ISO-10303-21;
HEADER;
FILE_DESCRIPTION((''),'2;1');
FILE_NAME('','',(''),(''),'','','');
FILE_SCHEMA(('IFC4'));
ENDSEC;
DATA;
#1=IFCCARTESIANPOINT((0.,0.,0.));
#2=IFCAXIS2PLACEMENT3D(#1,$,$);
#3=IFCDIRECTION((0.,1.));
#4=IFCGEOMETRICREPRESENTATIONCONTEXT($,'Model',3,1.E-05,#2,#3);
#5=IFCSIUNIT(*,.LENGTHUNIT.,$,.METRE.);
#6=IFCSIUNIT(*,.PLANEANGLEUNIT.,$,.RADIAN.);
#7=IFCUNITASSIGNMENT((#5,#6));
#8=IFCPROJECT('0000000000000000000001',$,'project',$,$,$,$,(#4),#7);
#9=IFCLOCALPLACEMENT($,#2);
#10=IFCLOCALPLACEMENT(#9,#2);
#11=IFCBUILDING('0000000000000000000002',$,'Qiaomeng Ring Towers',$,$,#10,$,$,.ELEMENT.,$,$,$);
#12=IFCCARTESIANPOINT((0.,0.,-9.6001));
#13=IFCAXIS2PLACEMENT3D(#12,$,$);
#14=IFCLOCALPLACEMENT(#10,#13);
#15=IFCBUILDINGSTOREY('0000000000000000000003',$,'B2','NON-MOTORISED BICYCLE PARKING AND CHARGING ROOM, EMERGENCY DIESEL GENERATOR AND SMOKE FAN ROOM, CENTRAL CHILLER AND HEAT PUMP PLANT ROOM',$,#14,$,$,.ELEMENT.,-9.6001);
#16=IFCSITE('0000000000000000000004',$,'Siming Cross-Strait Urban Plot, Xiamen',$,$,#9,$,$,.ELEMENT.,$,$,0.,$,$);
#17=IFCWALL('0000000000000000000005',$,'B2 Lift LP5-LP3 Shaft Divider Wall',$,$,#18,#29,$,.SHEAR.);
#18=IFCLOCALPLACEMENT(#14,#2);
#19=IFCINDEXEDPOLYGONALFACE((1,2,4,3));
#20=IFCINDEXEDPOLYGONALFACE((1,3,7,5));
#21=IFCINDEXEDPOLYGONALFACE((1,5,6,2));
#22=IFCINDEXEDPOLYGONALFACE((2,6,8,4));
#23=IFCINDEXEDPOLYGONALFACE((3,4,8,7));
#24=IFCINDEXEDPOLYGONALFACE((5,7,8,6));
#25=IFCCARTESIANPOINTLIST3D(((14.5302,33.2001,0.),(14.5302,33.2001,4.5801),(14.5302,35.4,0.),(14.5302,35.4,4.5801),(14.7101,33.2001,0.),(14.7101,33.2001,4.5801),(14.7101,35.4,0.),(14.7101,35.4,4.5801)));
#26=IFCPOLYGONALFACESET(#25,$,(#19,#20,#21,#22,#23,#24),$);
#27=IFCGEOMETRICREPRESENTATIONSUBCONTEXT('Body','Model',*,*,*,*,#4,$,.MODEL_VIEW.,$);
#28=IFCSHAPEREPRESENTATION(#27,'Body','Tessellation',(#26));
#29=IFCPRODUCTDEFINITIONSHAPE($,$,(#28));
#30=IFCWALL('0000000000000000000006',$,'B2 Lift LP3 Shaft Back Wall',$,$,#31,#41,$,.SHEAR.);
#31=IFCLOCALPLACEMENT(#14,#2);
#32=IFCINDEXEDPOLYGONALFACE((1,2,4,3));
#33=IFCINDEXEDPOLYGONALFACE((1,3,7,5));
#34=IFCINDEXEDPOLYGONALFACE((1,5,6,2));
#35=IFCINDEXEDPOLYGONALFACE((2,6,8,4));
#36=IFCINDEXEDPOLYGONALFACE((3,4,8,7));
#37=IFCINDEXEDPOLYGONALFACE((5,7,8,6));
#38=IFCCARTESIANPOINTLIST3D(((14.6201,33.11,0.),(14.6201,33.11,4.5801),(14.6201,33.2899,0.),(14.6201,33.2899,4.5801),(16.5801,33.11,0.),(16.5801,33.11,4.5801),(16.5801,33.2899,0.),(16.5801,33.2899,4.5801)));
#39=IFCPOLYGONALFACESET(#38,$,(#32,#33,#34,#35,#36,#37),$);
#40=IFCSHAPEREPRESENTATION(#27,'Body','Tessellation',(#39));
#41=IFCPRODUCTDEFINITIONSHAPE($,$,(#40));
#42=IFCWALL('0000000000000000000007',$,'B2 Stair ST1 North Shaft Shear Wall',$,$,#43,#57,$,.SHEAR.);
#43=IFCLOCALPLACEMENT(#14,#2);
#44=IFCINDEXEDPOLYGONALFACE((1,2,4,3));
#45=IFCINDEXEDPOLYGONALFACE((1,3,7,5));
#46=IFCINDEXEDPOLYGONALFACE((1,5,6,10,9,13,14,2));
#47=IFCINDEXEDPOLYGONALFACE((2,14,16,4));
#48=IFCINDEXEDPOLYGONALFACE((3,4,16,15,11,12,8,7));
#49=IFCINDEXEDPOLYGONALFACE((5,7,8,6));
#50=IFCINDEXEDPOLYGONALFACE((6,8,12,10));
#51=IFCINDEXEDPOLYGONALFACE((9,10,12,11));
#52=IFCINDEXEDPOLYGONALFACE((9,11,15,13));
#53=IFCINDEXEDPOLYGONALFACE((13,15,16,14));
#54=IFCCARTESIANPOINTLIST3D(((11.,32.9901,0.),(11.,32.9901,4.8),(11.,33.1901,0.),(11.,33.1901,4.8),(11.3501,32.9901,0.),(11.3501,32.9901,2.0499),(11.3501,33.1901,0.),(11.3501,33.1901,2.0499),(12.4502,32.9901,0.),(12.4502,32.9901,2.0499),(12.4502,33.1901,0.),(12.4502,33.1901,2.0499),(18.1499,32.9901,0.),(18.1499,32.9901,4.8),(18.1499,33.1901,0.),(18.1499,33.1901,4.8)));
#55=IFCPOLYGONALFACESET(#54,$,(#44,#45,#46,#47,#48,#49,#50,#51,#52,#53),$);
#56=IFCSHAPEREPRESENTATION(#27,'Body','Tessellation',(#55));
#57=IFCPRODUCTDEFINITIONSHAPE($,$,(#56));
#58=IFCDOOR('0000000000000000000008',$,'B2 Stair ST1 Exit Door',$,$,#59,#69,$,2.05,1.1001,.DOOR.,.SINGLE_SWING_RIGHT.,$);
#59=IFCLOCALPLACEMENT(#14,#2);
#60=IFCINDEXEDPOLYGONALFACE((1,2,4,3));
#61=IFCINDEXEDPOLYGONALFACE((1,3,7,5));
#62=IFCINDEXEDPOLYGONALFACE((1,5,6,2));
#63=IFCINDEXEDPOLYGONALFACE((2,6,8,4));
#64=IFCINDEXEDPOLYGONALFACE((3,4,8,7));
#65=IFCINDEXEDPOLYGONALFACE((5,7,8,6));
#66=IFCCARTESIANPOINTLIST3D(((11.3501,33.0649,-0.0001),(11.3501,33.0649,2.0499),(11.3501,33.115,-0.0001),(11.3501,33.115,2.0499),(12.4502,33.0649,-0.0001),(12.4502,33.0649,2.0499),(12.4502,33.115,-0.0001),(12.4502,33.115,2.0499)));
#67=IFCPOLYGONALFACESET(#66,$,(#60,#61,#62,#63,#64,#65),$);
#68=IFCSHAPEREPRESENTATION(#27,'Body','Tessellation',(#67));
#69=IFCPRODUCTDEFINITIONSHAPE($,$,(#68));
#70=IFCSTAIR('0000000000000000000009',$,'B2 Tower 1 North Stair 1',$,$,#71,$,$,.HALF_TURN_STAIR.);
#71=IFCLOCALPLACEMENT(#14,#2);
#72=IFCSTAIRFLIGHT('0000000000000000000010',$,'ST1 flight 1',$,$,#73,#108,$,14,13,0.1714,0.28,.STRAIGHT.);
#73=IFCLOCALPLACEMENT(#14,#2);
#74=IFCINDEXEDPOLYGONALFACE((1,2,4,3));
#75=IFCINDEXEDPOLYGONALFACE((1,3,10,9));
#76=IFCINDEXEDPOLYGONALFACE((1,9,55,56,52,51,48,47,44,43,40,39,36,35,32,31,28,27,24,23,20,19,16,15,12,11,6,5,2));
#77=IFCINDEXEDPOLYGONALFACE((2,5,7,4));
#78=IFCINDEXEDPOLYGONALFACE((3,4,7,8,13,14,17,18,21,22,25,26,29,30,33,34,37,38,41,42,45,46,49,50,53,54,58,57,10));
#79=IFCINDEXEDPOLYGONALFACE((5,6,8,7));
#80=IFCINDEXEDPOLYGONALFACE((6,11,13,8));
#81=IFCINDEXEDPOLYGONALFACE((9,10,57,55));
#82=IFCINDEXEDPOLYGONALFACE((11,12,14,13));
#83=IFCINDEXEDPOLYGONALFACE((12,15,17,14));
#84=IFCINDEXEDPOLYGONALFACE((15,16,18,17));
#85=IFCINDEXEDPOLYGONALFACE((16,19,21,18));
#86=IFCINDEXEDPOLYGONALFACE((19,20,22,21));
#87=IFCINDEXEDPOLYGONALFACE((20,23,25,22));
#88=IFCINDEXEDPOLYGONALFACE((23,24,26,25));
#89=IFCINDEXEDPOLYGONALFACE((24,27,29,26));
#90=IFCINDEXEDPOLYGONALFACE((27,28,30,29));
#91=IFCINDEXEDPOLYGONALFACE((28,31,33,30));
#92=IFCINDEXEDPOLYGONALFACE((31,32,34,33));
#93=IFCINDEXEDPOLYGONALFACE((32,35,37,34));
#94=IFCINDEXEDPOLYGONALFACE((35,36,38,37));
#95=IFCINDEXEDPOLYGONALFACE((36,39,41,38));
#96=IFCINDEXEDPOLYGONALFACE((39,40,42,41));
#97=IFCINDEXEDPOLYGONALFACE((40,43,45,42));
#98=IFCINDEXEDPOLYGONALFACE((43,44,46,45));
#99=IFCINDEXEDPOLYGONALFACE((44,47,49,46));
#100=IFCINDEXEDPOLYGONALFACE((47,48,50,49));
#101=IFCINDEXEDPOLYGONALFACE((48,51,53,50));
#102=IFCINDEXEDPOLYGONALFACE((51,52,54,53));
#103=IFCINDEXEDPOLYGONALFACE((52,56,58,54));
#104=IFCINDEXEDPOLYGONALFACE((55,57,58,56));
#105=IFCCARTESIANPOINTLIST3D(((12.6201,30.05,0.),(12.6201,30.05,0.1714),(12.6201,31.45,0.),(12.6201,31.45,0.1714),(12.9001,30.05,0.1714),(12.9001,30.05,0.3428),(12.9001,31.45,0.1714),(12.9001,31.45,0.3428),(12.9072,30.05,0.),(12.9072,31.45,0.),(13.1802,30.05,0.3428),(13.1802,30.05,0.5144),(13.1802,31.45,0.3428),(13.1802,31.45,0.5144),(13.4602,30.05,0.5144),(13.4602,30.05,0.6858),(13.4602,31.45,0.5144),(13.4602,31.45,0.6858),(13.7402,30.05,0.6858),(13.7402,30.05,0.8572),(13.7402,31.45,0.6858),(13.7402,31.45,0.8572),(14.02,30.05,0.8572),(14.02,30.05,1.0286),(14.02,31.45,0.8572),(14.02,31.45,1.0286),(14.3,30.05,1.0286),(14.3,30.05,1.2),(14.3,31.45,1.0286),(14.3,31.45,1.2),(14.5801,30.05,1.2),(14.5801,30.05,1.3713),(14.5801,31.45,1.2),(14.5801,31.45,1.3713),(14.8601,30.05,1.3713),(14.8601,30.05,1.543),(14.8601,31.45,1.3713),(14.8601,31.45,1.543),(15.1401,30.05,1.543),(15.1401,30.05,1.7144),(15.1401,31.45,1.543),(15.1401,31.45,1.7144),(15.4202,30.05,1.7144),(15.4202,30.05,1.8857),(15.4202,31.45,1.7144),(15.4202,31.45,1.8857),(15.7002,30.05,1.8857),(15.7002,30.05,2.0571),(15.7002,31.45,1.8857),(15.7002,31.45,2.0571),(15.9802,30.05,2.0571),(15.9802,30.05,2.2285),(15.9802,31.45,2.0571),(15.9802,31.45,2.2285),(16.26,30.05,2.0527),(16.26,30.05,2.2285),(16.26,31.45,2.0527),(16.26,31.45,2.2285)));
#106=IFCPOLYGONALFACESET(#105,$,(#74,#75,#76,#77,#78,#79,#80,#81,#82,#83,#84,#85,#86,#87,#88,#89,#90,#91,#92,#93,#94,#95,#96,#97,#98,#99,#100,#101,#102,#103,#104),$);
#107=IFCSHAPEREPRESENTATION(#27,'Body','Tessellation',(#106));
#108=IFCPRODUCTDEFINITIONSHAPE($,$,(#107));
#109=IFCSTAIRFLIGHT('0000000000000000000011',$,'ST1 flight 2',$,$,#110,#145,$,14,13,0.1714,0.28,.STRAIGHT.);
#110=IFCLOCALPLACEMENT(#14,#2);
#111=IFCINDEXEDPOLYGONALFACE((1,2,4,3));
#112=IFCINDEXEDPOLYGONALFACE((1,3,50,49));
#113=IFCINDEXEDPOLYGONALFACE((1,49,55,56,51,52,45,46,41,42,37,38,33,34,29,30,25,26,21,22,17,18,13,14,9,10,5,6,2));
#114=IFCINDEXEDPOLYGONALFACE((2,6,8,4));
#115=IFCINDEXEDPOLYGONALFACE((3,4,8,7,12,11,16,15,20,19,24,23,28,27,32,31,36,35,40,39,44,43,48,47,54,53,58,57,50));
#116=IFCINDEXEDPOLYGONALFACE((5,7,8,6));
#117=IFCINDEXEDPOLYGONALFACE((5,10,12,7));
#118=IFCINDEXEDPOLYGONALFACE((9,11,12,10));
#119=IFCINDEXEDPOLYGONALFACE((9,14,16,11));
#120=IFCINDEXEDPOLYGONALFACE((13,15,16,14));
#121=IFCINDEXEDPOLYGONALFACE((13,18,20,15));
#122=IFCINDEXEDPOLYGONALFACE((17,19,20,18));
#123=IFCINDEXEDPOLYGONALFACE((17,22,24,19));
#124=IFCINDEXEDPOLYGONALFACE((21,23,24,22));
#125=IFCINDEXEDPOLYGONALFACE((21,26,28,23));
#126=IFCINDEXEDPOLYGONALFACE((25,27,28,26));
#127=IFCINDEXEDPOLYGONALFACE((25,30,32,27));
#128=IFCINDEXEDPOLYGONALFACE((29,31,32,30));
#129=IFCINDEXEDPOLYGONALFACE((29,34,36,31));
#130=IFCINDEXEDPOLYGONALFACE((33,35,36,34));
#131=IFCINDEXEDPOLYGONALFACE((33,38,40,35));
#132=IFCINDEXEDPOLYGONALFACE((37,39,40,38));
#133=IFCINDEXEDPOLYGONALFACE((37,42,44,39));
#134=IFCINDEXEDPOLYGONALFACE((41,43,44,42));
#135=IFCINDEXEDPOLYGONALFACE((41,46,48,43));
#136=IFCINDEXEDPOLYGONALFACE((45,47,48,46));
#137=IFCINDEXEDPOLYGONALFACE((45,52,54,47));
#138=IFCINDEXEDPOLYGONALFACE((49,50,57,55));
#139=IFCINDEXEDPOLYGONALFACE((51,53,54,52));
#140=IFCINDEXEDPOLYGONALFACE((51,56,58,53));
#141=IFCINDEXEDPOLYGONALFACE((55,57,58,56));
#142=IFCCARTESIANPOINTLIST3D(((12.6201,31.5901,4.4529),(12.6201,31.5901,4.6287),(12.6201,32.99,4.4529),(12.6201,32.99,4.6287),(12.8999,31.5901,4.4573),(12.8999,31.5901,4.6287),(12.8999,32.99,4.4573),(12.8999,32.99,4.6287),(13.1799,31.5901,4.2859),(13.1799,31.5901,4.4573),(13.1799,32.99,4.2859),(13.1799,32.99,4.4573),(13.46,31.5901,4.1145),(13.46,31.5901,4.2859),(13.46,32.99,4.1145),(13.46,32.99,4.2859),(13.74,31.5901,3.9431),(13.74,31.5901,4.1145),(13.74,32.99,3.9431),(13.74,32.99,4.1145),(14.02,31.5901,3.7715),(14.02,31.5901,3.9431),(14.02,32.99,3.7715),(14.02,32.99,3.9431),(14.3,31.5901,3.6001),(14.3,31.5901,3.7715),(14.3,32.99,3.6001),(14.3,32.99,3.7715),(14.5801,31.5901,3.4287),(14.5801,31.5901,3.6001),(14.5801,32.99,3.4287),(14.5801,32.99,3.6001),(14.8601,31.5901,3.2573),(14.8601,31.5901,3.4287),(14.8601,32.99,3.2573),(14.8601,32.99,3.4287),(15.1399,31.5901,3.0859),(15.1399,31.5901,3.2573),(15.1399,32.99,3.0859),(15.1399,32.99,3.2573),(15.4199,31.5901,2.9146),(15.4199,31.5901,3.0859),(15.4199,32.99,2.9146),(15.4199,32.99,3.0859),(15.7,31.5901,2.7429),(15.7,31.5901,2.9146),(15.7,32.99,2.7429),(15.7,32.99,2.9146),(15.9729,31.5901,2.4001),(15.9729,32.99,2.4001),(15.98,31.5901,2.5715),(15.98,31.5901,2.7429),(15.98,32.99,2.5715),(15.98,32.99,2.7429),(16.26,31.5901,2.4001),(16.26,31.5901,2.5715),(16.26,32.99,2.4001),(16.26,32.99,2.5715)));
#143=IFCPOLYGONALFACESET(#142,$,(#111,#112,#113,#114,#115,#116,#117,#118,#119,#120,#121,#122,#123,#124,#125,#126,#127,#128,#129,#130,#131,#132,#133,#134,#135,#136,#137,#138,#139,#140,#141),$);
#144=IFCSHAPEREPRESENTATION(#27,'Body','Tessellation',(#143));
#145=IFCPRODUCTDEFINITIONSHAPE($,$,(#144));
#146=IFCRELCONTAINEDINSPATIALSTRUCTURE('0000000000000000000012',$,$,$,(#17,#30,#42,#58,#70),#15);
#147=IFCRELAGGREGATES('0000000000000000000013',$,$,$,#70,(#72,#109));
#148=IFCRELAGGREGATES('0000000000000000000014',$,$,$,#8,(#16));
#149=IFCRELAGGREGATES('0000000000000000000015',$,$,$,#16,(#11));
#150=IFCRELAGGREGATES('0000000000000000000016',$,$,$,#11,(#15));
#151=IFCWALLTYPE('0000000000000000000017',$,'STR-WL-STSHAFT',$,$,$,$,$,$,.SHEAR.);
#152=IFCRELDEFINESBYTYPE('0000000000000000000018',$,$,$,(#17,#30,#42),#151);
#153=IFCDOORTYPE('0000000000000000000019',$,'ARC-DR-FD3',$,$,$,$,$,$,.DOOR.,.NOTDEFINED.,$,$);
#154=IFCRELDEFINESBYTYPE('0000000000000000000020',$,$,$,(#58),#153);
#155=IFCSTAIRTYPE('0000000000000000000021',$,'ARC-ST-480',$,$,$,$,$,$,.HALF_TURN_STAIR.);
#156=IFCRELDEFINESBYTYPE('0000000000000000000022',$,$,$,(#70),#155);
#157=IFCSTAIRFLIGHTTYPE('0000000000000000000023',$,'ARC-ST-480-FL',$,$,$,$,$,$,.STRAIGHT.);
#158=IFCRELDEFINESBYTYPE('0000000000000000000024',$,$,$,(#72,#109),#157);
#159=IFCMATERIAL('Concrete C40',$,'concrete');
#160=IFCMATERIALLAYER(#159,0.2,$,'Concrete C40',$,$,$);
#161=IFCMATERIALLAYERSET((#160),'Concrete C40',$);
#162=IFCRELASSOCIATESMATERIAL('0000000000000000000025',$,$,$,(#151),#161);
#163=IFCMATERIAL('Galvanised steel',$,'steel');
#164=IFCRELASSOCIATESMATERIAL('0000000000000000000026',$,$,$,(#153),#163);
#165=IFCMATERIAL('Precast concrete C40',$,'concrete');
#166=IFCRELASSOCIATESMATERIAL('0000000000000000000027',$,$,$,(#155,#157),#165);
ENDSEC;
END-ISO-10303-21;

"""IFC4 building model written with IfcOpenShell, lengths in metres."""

from ifc_helpers import new_model, si_unit, direction, frame, frame_2d, origin, place, context, subcontext, project, spatial, polyline, rectangle, outline, extrude, source, transform, mapped, material, layer, layer_set, type_object, element, fill, aggregate, save


model = new_model("IFC4")

# Units and contexts
model_context = context("Model", 3, precision=1e-05, world=origin(), true_north=direction((0.0, 1.0)))
body_context = subcontext(model_context, "Body", "Model", "MODEL_VIEW")
ifc_project = project(units=[si_unit("LENGTHUNIT", "METRE"), si_unit("PLANEANGLEUNIT", "RADIAN")], contexts=[model_context])

# Site, building, storey
site_placement = place(None, origin())
site = spatial("IfcSite", under=ifc_project, at=site_placement, Name="Siming Cross-Strait Urban Plot, Xiamen", CompositionType="ELEMENT", RefElevation=0.0)
building_placement = place(site_placement, origin())
building = spatial("IfcBuilding", under=site, at=building_placement, Name="Qiaomeng Ring Towers", CompositionType="ELEMENT")
storey_placement = place(building_placement, frame((0.0, 0.0, -9.6001)))
storey = spatial("IfcBuildingStorey", under=building, at=storey_placement, Name="B2", Description="NON-MOTORISED BICYCLE PARKING AND CHARGING ROOM, EMERGENCY DIESEL GENERATOR AND SMOKE FAN ROOM, CENTRAL CHILLER AND HEAT PUMP PLANT ROOM", CompositionType="ELEMENT", Elevation=-9.6001)

# Shared definitions
ifc_material_1 = material(Name="Concrete C40", Category="concrete")

# Walls
ifc_layer_1 = layer(ifc_material_1, 0.2, Name="Concrete C40")
ifc_layer_set_1 = layer_set([ifc_layer_1], Name="Concrete C40")
wall_type_1 = type_object("IfcWallType", Name="STR-WL-STSHAFT", PredefinedType="SHEAR", material=ifc_layer_set_1)
wall_1_placement = place(storey_placement, frame((14.6201, 33.2, 0.0), z_axis=(0.0, 0.0, 1.0), x_axis=(0.0, 1.0, 0.0)))
element("IfcWall", 1, at=wall_1_placement, inside=storey, type_object=wall_type_1, Name="B2 Lift LP5-LP3 Shaft Divider Wall", PredefinedType="SHEAR", context=body_context, shape_type="SweptSolid", body=[
    extrude(rectangle(XDim=2.2, YDim=0.1799, at=frame_2d((1.1001, 0.0))), origin(), (0.0, 0.0, 1.0), 4.5801),
])
wall_2_placement = place(storey_placement, frame((14.6201, 33.2, 0.0), z_axis=(0.0, 0.0, 1.0), x_axis=(1.0, 0.0, 0.0)))
element("IfcWall", 2, at=wall_2_placement, inside=storey, type_object=wall_type_1, Name="B2 Lift LP3 Shaft Back Wall", PredefinedType="SHEAR", context=body_context, shape_type="SweptSolid", body=[
    extrude(rectangle(XDim=1.96, YDim=0.1799, at=frame_2d((0.98, 0.0))), origin(), (0.0, 0.0, 1.0), 4.5801),
])

# Wall, opening, door
wall_3_placement = place(storey_placement, frame((11.0, 33.0901, 0.0), z_axis=(0.0, 0.0, 1.0), x_axis=(1.0, 0.0, 0.0)))
wall_3 = element("IfcWall", 3, at=wall_3_placement, inside=storey, type_object=wall_type_1, Name="B2 Stair ST1 North Shaft Shear Wall", PredefinedType="SHEAR", context=body_context, shape_type="SweptSolid", body=[
    extrude(rectangle(XDim=7.1499, YDim=0.2, at=frame_2d((3.575, 0.0))), origin(), (0.0, 0.0, 1.0), 4.8),
])
opening_placement = place(wall_3_placement, frame((0.3501, 0.0, 0.0)))
opening = element("IfcOpeningElement", 4, at=opening_placement, cuts=wall_3, PredefinedType="OPENING", context=body_context, shape_type="SweptSolid", body=[
    extrude(rectangle(XDim=1.1001, YDim=2.05, at=frame_2d((0.55, 1.0249))), frame((0.0, 0.1099, 0.0), z_axis=(0.0, -1.0, 0.0), x_axis=(1.0, 0.0, 0.0)), (0.0, 0.0, 1.0), 0.22),
])
ifc_material_2 = material(Name="Galvanised steel", Category="steel")
door_type = type_object("IfcDoorType", Name="ARC-DR-FD3", OperationType="NOTDEFINED", PredefinedType="DOOR", material=ifc_material_2)
shared_shape_1 = source(origin(), body_context, "Body", "SweptSolid", [
    extrude(rectangle(XDim=1.1001, YDim=2.05, at=frame_2d((0.55, 1.0249))), frame((0.0, 0.0249, 0.0), z_axis=(0.0, -1.0, 0.0), x_axis=(1.0, 0.0, 0.0)), (0.0, 0.0, 1.0), 0.05),
])
door_placement = place(opening_placement, origin())
door = element("IfcDoor", 5, at=door_placement, inside=storey, type_object=door_type, Name="B2 Stair ST1 Exit Door", OperationType="SINGLE_SWING_RIGHT", OverallHeight=2.05, OverallWidth=1.1001, PredefinedType="DOOR", context=body_context, shape_type="MappedRepresentation", body=[
    mapped(shared_shape_1, transform((0.0, 0.0, 0.0), x_axis=(1.0, 0.0, 0.0), y_axis=(0.0, 1.0, 0.0), z_axis=(0.0, 0.0, 1.0), scale=1.0)),
])
fill(opening, door)

# Stair, stair flights
ifc_material_3 = material(Name="Precast concrete C40", Category="concrete")
stair_type = type_object("IfcStairType", Name="ARC-ST-480", PredefinedType="HALF_TURN_STAIR", material=ifc_material_3)
stair_placement = place(storey_placement, origin())
stair = element("IfcStair", 6, at=stair_placement, inside=storey, type_object=stair_type, Name="B2 Tower 1 North Stair 1", PredefinedType="HALF_TURN_STAIR")
stair_flight_type = type_object("IfcStairFlightType", Name="ARC-ST-480-FL", PredefinedType="STRAIGHT", material=ifc_material_3)
shared_shape_2 = source(origin(), body_context, "Body", "SweptSolid", [
    extrude(outline(polyline([(0.0, 0.0), (0.0, 0.1714), (0.28, 0.1714), (0.28, 0.3428), (0.5601, 0.3428), (0.5601, 0.5144), (0.8401, 0.5144), (0.8401, 0.6858), (1.1201, 0.6858), (1.1201, 0.8572), (1.3999, 0.8572), (1.3999, 1.0286), (1.6799, 1.0286), (1.6799, 1.2), (1.96, 1.2), (1.96, 1.3713), (2.24, 1.3713), (2.24, 1.543), (2.52, 1.543), (2.52, 1.7144), (2.8, 1.7144), (2.8, 1.8857), (3.0801, 1.8857), (3.0801, 2.0571), (3.3601, 2.0571), (3.3601, 2.2285), (3.6399, 2.2285), (3.6399, 2.3999), (3.6399, 2.0527), (0.2871, 0.0), (0.0, 0.0)])), frame((0.0, 0.7, 0.0), z_axis=(0.0, -1.0, 0.0), x_axis=(1.0, 0.0, 0.0)), (0.0, 0.0, 1.0), 1.3999),
])
stair_flight_1_placement = place(storey_placement, frame((12.6201, 30.75, 0.0), z_axis=(0.0, 0.0, 1.0), x_axis=(1.0, 0.0, 0.0)))
stair_flight_1 = element("IfcStairFlight", 7, at=stair_flight_1_placement, type_object=stair_flight_type, Name="ST1 flight 1", NumberOfRisers=14, NumberOfTreads=13, PredefinedType="STRAIGHT", RiserHeight=0.1714, TreadLength=0.28, context=body_context, shape_type="MappedRepresentation", body=[
    mapped(shared_shape_2, transform((0.0, 0.0, 0.0), x_axis=(1.0, 0.0, 0.0), y_axis=(0.0, 1.0, 0.0), z_axis=(0.0, 0.0, 1.0), scale=1.0)),
])
stair_flight_2_placement = place(storey_placement, frame((16.26, 32.29, 2.4001), z_axis=(0.0, 0.0, 1.0), x_axis=(-1.0, 0.0, 0.0)))
stair_flight_2 = element("IfcStairFlight", 8, at=stair_flight_2_placement, type_object=stair_flight_type, Name="ST1 flight 2", NumberOfRisers=14, NumberOfTreads=13, PredefinedType="STRAIGHT", RiserHeight=0.1714, TreadLength=0.28, context=body_context, shape_type="MappedRepresentation", body=[
    mapped(shared_shape_2, transform((0.0, 0.0, 0.0), x_axis=(1.0, 0.0, 0.0), y_axis=(0.0, 1.0, 0.0), z_axis=(0.0, 0.0, 1.0), scale=1.0)),
])
aggregate(stair, [stair_flight_1, stair_flight_2])

save(model, "model.ifc")
